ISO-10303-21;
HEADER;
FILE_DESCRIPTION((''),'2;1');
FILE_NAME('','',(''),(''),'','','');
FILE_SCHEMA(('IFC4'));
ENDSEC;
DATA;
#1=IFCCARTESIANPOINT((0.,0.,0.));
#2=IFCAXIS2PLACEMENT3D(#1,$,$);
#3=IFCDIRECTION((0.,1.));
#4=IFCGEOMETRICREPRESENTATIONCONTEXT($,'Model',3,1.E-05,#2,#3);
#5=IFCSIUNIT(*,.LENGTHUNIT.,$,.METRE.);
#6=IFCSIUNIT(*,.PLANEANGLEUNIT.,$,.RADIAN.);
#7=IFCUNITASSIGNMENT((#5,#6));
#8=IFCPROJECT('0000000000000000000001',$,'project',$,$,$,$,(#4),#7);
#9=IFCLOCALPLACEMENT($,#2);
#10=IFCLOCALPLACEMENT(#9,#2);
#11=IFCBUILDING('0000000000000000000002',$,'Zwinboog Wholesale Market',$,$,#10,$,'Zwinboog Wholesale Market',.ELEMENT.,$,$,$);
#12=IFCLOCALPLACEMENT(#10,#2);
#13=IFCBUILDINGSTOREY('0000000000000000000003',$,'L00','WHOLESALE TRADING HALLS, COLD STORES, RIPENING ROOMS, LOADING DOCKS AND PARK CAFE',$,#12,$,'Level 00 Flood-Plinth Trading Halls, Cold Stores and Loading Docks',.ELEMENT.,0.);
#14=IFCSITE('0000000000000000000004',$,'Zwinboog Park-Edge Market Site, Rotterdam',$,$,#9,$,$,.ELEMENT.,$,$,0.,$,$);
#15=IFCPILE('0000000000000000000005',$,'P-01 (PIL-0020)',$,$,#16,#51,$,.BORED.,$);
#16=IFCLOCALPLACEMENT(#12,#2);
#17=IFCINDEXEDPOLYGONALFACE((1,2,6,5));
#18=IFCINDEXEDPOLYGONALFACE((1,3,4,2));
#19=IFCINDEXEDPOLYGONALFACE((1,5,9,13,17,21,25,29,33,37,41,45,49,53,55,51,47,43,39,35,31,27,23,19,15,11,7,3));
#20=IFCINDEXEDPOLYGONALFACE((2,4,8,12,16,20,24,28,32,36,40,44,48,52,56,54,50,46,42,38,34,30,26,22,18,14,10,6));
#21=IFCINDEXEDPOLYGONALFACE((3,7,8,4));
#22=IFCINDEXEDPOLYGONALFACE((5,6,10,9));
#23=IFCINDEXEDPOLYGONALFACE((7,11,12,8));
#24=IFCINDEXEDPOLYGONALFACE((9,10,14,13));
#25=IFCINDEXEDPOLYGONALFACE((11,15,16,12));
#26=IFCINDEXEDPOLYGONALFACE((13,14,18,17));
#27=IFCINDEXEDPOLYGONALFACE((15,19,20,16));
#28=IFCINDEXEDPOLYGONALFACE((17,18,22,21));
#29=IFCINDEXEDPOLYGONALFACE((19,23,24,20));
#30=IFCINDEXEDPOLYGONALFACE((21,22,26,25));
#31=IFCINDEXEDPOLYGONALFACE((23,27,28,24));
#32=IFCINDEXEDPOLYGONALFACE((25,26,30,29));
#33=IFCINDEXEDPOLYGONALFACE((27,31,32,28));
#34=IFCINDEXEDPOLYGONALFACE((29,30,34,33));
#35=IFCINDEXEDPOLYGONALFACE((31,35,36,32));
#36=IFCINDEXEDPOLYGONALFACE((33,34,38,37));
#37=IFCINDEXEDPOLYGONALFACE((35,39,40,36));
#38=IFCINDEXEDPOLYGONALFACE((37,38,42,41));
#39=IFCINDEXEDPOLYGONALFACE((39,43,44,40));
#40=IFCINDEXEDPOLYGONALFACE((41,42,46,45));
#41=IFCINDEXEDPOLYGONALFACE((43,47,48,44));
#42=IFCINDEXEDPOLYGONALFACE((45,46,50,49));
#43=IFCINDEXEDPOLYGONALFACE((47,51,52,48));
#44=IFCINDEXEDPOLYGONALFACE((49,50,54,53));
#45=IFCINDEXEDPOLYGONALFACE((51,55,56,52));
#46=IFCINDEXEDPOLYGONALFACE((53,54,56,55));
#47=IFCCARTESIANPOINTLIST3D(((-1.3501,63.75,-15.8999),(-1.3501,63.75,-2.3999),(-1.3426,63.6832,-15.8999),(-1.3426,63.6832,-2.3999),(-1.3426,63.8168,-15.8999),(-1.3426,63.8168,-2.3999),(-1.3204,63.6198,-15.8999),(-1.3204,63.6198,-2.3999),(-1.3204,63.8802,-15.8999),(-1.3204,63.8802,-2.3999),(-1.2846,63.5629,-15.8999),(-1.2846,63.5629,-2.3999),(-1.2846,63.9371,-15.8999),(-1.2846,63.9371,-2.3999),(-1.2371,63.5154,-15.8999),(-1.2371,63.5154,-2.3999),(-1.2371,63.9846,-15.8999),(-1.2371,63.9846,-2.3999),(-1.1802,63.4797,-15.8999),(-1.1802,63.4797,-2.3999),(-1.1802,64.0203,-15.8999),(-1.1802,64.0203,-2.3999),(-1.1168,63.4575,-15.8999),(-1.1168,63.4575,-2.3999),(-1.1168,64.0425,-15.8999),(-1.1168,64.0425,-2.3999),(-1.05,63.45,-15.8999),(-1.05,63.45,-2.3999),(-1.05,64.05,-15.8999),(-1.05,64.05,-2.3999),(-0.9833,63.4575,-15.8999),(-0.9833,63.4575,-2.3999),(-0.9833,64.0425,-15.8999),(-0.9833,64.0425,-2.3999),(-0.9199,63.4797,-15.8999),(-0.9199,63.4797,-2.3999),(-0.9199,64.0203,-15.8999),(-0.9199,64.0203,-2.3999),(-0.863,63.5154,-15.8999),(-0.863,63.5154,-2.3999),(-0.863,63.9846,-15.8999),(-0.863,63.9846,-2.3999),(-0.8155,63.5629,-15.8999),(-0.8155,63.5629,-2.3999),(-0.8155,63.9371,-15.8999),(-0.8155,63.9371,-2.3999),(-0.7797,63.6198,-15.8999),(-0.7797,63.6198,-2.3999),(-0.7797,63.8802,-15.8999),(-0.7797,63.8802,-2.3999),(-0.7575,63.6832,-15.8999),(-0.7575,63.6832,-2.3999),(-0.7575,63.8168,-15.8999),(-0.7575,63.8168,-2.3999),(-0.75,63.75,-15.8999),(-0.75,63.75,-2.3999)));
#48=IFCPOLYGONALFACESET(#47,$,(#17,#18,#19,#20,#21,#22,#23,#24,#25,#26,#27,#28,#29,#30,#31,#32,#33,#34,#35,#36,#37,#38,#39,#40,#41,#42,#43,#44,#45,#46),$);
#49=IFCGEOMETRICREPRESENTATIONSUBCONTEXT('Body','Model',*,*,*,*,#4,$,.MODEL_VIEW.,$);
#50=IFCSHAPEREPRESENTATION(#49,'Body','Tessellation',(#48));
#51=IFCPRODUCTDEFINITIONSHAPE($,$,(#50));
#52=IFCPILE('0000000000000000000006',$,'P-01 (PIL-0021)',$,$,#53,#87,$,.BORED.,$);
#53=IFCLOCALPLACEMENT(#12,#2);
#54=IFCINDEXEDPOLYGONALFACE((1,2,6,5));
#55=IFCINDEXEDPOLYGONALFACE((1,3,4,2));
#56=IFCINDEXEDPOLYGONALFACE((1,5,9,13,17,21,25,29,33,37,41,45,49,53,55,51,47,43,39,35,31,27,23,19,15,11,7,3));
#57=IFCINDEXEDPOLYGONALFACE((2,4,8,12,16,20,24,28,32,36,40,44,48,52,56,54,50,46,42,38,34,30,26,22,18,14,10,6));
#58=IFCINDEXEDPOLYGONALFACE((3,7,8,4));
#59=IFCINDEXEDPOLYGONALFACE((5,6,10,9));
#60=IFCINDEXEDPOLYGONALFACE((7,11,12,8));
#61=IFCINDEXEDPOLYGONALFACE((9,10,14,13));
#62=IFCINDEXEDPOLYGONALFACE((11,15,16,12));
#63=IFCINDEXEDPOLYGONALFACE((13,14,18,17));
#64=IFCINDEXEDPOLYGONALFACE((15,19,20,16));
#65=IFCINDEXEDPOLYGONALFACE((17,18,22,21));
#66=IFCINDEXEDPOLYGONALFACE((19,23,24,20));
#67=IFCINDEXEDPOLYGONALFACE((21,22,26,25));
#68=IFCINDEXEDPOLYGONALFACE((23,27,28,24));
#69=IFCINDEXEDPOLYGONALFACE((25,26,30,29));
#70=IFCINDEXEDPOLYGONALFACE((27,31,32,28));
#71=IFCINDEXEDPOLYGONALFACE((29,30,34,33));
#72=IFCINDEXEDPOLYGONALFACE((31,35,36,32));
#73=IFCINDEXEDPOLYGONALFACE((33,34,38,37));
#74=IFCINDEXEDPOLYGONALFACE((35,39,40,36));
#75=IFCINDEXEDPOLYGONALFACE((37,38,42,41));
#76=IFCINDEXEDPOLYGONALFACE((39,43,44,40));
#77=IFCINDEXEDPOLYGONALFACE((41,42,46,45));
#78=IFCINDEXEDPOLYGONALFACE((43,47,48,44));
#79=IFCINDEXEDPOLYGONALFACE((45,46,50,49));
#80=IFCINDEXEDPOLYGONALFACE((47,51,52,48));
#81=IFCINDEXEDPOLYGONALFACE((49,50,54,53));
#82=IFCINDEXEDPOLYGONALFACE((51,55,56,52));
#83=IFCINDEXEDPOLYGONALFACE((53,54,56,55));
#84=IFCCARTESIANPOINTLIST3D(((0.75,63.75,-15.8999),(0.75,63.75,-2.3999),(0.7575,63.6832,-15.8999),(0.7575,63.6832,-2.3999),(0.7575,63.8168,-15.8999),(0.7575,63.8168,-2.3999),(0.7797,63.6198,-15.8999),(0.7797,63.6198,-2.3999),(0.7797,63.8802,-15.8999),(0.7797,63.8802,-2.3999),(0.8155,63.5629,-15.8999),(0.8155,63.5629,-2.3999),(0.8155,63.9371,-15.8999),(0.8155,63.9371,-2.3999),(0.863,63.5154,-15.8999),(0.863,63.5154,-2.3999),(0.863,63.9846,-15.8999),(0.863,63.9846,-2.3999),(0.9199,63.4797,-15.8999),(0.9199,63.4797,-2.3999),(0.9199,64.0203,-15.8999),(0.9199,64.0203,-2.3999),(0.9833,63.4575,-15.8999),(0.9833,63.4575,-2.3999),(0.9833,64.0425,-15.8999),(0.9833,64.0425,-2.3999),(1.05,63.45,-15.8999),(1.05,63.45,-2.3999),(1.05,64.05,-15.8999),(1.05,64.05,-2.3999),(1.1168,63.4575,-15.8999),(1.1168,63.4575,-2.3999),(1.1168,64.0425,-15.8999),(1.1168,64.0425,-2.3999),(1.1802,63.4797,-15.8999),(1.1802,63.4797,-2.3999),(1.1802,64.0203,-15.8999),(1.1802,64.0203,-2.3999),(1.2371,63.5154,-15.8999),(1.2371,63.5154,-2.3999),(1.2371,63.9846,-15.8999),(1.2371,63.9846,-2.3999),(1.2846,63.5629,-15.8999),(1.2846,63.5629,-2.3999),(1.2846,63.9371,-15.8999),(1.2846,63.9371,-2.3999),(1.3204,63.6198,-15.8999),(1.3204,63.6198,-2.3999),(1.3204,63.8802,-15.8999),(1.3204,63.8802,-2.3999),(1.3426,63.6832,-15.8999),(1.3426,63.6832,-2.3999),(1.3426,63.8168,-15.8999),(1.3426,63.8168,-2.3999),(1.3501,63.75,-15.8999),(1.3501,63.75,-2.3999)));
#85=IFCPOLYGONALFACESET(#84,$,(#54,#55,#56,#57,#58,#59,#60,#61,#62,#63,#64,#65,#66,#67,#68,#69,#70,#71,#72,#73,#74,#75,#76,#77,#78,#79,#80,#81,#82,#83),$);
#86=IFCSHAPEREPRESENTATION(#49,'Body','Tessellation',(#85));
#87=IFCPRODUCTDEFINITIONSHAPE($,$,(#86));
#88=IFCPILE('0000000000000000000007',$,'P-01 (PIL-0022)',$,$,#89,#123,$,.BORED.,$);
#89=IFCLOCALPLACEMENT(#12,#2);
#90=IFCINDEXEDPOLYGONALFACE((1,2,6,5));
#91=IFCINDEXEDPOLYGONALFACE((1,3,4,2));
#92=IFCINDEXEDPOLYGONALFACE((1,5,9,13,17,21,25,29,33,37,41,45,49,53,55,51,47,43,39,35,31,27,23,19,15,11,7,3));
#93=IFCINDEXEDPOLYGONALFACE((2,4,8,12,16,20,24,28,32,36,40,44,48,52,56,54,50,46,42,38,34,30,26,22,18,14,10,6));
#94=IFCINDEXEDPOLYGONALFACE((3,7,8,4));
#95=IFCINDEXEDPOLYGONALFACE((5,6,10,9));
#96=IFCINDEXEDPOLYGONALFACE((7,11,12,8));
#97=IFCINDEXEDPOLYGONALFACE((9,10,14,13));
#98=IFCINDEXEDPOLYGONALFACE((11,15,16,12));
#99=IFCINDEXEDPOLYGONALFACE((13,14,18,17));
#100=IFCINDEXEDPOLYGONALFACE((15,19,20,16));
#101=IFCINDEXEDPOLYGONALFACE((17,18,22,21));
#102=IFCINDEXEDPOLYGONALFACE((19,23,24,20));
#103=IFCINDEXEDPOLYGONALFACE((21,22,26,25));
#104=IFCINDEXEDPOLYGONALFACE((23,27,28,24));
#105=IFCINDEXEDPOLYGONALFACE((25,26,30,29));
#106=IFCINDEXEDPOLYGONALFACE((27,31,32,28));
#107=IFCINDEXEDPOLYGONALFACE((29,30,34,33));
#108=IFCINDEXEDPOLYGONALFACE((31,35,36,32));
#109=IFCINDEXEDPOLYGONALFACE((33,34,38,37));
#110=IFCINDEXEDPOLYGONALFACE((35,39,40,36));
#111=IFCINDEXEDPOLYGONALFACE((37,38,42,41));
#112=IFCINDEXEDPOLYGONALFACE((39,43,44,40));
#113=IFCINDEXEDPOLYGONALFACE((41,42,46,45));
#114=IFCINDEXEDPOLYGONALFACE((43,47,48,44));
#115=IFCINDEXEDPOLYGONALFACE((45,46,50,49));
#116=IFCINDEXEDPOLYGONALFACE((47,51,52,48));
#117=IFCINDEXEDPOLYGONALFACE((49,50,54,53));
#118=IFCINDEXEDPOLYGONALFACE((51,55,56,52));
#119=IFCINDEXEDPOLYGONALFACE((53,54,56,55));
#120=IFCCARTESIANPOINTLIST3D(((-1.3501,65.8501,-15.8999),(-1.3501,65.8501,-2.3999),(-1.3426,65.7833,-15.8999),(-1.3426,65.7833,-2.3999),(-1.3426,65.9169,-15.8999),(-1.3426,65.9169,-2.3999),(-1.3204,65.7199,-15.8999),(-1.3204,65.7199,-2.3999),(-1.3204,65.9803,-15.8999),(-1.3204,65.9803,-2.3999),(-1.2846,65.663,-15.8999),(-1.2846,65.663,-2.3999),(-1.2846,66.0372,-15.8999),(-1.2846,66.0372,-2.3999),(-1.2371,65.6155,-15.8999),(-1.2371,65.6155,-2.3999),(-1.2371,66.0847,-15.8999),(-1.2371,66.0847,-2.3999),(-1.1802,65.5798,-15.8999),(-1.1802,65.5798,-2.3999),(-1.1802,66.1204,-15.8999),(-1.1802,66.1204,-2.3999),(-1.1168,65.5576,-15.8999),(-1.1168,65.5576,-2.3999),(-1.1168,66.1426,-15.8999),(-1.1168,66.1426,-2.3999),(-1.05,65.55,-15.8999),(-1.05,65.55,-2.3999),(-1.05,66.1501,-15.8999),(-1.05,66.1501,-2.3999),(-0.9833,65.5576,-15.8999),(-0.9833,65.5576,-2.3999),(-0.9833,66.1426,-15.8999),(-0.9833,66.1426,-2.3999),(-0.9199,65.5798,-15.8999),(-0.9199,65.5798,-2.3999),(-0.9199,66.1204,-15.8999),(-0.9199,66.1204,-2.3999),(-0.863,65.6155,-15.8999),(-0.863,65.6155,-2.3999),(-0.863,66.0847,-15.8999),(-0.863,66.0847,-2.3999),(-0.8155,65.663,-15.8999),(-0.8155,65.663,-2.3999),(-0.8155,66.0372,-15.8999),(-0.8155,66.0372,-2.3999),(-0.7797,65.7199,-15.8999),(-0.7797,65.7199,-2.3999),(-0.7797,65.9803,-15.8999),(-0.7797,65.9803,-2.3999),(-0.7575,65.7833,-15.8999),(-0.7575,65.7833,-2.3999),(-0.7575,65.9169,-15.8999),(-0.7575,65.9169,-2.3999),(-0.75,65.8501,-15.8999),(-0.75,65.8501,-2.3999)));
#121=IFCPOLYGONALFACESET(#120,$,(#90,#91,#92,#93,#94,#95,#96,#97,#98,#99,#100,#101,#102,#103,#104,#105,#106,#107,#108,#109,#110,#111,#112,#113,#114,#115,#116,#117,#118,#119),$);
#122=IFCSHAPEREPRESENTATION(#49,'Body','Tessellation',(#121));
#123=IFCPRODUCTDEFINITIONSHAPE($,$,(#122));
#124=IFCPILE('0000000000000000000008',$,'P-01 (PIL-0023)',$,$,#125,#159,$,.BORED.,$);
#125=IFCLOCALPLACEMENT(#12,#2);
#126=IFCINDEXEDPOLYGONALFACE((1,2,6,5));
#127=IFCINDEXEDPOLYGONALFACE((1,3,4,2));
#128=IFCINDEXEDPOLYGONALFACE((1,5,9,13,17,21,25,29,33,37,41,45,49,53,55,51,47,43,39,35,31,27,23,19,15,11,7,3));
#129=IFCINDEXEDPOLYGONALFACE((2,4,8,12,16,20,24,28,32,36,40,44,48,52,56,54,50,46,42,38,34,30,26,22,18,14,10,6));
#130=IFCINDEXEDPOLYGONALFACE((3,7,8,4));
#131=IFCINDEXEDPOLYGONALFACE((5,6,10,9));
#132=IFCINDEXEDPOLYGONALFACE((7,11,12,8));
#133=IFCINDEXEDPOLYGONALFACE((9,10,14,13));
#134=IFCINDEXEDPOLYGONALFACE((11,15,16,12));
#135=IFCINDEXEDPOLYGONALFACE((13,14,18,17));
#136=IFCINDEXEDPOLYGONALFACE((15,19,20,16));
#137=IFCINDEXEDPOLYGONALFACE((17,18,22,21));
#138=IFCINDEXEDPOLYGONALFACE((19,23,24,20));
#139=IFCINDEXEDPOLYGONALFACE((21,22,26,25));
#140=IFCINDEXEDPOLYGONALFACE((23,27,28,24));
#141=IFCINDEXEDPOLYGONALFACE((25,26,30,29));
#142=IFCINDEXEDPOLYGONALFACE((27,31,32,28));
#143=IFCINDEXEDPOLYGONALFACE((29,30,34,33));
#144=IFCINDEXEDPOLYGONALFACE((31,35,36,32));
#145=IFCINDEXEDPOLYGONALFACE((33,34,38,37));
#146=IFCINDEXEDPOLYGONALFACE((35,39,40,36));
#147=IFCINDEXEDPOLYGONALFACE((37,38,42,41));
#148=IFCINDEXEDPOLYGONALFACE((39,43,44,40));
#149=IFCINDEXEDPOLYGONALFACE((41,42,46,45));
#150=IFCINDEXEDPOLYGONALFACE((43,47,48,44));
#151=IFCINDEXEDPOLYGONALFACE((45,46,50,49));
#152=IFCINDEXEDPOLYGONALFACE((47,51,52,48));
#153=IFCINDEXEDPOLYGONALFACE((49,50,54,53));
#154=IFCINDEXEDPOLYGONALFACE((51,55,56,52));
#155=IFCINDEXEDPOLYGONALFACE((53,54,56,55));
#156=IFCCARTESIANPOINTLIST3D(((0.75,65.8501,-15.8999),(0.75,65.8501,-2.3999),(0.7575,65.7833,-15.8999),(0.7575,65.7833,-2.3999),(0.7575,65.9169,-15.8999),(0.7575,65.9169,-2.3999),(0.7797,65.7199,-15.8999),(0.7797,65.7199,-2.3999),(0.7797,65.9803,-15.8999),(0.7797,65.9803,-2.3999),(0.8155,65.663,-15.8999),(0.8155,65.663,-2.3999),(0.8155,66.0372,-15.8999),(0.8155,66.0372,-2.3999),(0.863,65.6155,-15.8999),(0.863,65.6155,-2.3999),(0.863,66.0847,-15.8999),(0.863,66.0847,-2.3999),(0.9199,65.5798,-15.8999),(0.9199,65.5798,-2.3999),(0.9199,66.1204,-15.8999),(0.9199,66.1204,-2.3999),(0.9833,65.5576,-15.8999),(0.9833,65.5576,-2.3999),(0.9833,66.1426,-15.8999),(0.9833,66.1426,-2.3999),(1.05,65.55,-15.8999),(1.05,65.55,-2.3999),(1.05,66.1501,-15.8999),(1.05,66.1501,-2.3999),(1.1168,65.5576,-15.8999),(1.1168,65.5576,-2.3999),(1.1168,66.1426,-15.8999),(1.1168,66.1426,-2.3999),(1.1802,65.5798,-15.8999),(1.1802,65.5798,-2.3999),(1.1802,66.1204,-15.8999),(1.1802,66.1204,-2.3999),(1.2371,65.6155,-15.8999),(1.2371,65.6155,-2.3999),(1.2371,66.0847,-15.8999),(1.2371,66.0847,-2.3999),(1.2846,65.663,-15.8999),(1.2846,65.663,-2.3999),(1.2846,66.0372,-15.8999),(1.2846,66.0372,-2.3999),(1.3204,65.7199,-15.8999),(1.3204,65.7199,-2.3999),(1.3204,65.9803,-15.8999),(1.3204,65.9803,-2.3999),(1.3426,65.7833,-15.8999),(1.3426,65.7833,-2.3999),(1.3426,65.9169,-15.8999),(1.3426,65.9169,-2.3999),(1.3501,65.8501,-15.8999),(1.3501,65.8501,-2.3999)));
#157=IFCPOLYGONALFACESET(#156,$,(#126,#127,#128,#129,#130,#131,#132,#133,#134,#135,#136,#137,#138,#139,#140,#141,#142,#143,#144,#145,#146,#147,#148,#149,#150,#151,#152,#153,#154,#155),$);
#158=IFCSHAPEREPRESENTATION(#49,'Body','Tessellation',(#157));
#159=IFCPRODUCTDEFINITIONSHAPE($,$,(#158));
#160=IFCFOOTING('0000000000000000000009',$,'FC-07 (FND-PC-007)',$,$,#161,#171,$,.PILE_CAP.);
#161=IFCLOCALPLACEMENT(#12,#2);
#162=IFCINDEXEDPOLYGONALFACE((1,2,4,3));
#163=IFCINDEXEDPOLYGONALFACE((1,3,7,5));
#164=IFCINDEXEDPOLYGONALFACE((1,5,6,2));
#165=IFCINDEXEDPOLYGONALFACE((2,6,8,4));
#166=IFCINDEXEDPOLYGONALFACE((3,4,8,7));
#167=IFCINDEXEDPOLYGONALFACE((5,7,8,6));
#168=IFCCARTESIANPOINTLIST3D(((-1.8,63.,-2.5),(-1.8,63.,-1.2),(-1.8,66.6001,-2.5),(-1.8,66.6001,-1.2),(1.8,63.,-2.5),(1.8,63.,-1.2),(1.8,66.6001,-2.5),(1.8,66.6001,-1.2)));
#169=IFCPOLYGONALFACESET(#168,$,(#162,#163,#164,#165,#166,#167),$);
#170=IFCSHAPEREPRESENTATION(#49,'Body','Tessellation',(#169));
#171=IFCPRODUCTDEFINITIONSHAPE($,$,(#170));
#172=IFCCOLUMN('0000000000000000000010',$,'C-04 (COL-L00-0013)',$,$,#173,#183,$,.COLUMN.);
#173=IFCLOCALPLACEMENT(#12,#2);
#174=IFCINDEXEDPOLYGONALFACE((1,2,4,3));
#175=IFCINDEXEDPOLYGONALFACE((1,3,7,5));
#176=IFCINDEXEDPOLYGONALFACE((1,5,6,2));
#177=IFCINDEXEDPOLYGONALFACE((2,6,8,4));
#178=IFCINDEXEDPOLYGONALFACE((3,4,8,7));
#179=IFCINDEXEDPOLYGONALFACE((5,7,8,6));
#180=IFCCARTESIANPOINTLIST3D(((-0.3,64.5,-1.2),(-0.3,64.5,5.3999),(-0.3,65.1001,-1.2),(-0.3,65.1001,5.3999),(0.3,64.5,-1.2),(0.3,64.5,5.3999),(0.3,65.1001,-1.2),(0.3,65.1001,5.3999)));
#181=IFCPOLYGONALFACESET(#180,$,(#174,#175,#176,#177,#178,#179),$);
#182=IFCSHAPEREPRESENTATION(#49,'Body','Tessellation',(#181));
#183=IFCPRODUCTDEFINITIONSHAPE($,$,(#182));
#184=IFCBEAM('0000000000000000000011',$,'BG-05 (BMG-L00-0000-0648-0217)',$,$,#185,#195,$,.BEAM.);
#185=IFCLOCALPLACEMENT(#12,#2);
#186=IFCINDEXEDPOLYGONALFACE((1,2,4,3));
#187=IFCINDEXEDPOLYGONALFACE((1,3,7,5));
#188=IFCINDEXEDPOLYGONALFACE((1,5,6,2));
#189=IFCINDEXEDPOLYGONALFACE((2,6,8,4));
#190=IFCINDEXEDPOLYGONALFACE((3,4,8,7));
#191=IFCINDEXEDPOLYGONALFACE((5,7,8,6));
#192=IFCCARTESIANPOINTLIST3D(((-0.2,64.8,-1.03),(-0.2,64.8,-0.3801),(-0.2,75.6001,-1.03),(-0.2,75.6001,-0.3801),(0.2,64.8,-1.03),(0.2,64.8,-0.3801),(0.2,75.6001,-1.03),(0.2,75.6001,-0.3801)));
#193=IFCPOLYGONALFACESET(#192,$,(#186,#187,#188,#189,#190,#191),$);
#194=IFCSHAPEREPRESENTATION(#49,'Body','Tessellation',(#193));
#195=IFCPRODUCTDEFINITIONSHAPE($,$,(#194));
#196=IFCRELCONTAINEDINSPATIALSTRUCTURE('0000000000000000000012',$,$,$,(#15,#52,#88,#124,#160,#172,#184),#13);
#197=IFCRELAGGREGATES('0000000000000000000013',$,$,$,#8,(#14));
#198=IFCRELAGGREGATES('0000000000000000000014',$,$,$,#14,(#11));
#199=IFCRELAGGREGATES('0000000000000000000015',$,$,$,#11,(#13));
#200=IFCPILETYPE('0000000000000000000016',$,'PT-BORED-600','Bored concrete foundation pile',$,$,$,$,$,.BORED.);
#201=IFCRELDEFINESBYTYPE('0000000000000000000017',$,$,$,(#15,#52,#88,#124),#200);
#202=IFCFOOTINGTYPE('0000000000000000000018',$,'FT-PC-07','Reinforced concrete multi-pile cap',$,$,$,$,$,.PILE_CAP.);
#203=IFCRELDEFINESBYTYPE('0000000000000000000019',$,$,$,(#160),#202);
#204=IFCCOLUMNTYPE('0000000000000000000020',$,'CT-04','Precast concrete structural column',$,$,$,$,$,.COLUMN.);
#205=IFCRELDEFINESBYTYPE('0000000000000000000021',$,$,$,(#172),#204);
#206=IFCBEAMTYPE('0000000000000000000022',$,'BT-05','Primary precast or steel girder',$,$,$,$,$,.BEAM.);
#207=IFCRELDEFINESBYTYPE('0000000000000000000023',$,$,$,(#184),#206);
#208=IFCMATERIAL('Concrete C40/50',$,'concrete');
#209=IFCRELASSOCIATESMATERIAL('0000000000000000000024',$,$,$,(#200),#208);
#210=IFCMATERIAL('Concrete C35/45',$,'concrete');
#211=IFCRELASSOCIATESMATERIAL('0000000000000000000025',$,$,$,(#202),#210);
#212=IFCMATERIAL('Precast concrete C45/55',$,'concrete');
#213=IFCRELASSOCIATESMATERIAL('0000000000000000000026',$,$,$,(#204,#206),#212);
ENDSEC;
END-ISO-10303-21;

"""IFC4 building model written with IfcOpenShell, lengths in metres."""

from ifc_helpers import new_model, si_unit, direction, frame, origin, origin_2d, place, context, subcontext, project, spatial, rectangle, circle, extrude, material, material_profile, profile_set, type_object, element, save


model = new_model("IFC4")

# Units and contexts
model_context = context("Model", 3, precision=1e-05, world=origin(), true_north=direction((0.0, 1.0)))
body_context = subcontext(model_context, "Body", "Model", "MODEL_VIEW")
ifc_project = project(units=[si_unit("LENGTHUNIT", "METRE"), si_unit("PLANEANGLEUNIT", "RADIAN")], contexts=[model_context])

# Site, building, storey
site_placement = place(None, origin())
site = spatial("IfcSite", under=ifc_project, at=site_placement, Name="Zwinboog Park-Edge Market Site, Rotterdam", CompositionType="ELEMENT", RefElevation=0.0)
building_placement = place(site_placement, origin())
building = spatial("IfcBuilding", under=site, at=building_placement, Name="Zwinboog Wholesale Market", LongName="Zwinboog Wholesale Market", CompositionType="ELEMENT")
storey_placement = place(building_placement, origin())
storey = spatial("IfcBuildingStorey", under=building, at=storey_placement, Name="L00", Description="WHOLESALE TRADING HALLS, COLD STORES, RIPENING ROOMS, LOADING DOCKS AND PARK CAFE", LongName="Level 00 Flood-Plinth Trading Halls, Cold Stores and Loading Docks", CompositionType="ELEMENT", Elevation=0.0)

# Piles
ifc_material_1 = material(Name="Concrete C40/50", Category="concrete")
ifc_material_profile_1 = material_profile(ifc_material_1, circle(Radius=0.3, at=origin_2d()), Name="PILE D600")
ifc_profile_set_1 = profile_set([ifc_material_profile_1], Name="Concrete C40/50")
pile_type = type_object("IfcPileType", Name="PT-BORED-600", Description="Bored concrete foundation pile", PredefinedType="BORED", material=ifc_profile_set_1)
for number, where, z_axis, x_axis, name in (
    (1, (-1.05, 63.75, -2.3999), (0.0, 0.0, -1.0), (1.0, 0.0, 0.0), "P-01 (PIL-0020)"),
    (2, (1.05, 63.75, -2.3999), (0.0, 0.0, -1.0), (1.0, 0.0, 0.0), "P-01 (PIL-0021)"),
    (3, (-1.05, 65.8501, -2.3999), (0.0, 0.0, -1.0), (1.0, 0.0, 0.0), "P-01 (PIL-0022)"),
    (4, (1.05, 65.8501, -2.3999), (0.0, 0.0, -1.0), (1.0, 0.0, 0.0), "P-01 (PIL-0023)"),
):
    element("IfcPile", number, at=place(storey_placement, frame(where, z_axis=z_axis, x_axis=x_axis)), inside=storey, type_object=pile_type, Name=name, PredefinedType="BORED", context=body_context, shape_type="SweptSolid", body=[
        extrude(circle(Radius=0.3, at=origin_2d()), origin(), (0.0, 0.0, 1.0), 13.5),
    ])

# Footing
ifc_material_2 = material(Name="Concrete C35/45", Category="concrete")
footing_type = type_object("IfcFootingType", Name="FT-PC-07", Description="Reinforced concrete multi-pile cap", PredefinedType="PILE_CAP", material=ifc_material_2)
footing_placement = place(storey_placement, frame((0.0, 64.8, -2.5), z_axis=(0.0, 0.0, 1.0), x_axis=(1.0, 0.0, 0.0)))
element("IfcFooting", 5, at=footing_placement, inside=storey, type_object=footing_type, Name="FC-07 (FND-PC-007)", PredefinedType="PILE_CAP", context=body_context, shape_type="SweptSolid", body=[
    extrude(rectangle(XDim=3.6001, YDim=3.6001, at=origin_2d()), origin(), (0.0, 0.0, 1.0), 1.3),
])

# Column
ifc_material_3 = material(Name="Precast concrete C45/55", Category="concrete")
ifc_material_profile_2 = material_profile(ifc_material_3, rectangle(XDim=0.6001, YDim=0.6001, at=origin_2d()), Name="PC 600x600")
ifc_profile_set_2 = profile_set([ifc_material_profile_2], Name="Precast concrete C45/55")
column_type = type_object("IfcColumnType", Name="CT-04", Description="Precast concrete structural column", PredefinedType="COLUMN", material=ifc_profile_set_2)
column_placement = place(storey_placement, frame((0.0, 64.8, -1.2), z_axis=(0.0, 0.0, 1.0), x_axis=(1.0, 0.0, 0.0)))
element("IfcColumn", 6, at=column_placement, inside=storey, type_object=column_type, Name="C-04 (COL-L00-0013)", PredefinedType="COLUMN", context=body_context, shape_type="SweptSolid", body=[
    extrude(rectangle(XDim=0.6001, YDim=0.6001, at=origin_2d()), origin(), (0.0, 0.0, 1.0), 6.5999),
])

# Beam
ifc_material_profile_3 = material_profile(ifc_material_3, rectangle(XDim=0.3999, YDim=0.6499, at=origin_2d()), Name="PC 400x650")
ifc_profile_set_3 = profile_set([ifc_material_profile_3], Name="Precast concrete C45/55")
beam_type_1 = type_object("IfcBeamType", Name="BT-05", Description="Primary precast or steel girder", PredefinedType="BEAM", material=ifc_profile_set_3)
beam_1_placement = place(storey_placement, frame((0.0, 64.8, -0.7051), z_axis=(0.0, 1.0, 0.0), x_axis=(-1.0, 0.0, 0.0)))
element("IfcBeam", 7, at=beam_1_placement, inside=storey, type_object=beam_type_1, Name="BG-05 (BMG-L00-0000-0648-0217)", PredefinedType="BEAM", context=body_context, shape_type="SweptSolid", body=[
    extrude(rectangle(XDim=0.3999, YDim=0.6499, at=origin_2d()), origin(), (0.0, 0.0, 1.0), 10.8),
])

save(model, "model.ifc")
